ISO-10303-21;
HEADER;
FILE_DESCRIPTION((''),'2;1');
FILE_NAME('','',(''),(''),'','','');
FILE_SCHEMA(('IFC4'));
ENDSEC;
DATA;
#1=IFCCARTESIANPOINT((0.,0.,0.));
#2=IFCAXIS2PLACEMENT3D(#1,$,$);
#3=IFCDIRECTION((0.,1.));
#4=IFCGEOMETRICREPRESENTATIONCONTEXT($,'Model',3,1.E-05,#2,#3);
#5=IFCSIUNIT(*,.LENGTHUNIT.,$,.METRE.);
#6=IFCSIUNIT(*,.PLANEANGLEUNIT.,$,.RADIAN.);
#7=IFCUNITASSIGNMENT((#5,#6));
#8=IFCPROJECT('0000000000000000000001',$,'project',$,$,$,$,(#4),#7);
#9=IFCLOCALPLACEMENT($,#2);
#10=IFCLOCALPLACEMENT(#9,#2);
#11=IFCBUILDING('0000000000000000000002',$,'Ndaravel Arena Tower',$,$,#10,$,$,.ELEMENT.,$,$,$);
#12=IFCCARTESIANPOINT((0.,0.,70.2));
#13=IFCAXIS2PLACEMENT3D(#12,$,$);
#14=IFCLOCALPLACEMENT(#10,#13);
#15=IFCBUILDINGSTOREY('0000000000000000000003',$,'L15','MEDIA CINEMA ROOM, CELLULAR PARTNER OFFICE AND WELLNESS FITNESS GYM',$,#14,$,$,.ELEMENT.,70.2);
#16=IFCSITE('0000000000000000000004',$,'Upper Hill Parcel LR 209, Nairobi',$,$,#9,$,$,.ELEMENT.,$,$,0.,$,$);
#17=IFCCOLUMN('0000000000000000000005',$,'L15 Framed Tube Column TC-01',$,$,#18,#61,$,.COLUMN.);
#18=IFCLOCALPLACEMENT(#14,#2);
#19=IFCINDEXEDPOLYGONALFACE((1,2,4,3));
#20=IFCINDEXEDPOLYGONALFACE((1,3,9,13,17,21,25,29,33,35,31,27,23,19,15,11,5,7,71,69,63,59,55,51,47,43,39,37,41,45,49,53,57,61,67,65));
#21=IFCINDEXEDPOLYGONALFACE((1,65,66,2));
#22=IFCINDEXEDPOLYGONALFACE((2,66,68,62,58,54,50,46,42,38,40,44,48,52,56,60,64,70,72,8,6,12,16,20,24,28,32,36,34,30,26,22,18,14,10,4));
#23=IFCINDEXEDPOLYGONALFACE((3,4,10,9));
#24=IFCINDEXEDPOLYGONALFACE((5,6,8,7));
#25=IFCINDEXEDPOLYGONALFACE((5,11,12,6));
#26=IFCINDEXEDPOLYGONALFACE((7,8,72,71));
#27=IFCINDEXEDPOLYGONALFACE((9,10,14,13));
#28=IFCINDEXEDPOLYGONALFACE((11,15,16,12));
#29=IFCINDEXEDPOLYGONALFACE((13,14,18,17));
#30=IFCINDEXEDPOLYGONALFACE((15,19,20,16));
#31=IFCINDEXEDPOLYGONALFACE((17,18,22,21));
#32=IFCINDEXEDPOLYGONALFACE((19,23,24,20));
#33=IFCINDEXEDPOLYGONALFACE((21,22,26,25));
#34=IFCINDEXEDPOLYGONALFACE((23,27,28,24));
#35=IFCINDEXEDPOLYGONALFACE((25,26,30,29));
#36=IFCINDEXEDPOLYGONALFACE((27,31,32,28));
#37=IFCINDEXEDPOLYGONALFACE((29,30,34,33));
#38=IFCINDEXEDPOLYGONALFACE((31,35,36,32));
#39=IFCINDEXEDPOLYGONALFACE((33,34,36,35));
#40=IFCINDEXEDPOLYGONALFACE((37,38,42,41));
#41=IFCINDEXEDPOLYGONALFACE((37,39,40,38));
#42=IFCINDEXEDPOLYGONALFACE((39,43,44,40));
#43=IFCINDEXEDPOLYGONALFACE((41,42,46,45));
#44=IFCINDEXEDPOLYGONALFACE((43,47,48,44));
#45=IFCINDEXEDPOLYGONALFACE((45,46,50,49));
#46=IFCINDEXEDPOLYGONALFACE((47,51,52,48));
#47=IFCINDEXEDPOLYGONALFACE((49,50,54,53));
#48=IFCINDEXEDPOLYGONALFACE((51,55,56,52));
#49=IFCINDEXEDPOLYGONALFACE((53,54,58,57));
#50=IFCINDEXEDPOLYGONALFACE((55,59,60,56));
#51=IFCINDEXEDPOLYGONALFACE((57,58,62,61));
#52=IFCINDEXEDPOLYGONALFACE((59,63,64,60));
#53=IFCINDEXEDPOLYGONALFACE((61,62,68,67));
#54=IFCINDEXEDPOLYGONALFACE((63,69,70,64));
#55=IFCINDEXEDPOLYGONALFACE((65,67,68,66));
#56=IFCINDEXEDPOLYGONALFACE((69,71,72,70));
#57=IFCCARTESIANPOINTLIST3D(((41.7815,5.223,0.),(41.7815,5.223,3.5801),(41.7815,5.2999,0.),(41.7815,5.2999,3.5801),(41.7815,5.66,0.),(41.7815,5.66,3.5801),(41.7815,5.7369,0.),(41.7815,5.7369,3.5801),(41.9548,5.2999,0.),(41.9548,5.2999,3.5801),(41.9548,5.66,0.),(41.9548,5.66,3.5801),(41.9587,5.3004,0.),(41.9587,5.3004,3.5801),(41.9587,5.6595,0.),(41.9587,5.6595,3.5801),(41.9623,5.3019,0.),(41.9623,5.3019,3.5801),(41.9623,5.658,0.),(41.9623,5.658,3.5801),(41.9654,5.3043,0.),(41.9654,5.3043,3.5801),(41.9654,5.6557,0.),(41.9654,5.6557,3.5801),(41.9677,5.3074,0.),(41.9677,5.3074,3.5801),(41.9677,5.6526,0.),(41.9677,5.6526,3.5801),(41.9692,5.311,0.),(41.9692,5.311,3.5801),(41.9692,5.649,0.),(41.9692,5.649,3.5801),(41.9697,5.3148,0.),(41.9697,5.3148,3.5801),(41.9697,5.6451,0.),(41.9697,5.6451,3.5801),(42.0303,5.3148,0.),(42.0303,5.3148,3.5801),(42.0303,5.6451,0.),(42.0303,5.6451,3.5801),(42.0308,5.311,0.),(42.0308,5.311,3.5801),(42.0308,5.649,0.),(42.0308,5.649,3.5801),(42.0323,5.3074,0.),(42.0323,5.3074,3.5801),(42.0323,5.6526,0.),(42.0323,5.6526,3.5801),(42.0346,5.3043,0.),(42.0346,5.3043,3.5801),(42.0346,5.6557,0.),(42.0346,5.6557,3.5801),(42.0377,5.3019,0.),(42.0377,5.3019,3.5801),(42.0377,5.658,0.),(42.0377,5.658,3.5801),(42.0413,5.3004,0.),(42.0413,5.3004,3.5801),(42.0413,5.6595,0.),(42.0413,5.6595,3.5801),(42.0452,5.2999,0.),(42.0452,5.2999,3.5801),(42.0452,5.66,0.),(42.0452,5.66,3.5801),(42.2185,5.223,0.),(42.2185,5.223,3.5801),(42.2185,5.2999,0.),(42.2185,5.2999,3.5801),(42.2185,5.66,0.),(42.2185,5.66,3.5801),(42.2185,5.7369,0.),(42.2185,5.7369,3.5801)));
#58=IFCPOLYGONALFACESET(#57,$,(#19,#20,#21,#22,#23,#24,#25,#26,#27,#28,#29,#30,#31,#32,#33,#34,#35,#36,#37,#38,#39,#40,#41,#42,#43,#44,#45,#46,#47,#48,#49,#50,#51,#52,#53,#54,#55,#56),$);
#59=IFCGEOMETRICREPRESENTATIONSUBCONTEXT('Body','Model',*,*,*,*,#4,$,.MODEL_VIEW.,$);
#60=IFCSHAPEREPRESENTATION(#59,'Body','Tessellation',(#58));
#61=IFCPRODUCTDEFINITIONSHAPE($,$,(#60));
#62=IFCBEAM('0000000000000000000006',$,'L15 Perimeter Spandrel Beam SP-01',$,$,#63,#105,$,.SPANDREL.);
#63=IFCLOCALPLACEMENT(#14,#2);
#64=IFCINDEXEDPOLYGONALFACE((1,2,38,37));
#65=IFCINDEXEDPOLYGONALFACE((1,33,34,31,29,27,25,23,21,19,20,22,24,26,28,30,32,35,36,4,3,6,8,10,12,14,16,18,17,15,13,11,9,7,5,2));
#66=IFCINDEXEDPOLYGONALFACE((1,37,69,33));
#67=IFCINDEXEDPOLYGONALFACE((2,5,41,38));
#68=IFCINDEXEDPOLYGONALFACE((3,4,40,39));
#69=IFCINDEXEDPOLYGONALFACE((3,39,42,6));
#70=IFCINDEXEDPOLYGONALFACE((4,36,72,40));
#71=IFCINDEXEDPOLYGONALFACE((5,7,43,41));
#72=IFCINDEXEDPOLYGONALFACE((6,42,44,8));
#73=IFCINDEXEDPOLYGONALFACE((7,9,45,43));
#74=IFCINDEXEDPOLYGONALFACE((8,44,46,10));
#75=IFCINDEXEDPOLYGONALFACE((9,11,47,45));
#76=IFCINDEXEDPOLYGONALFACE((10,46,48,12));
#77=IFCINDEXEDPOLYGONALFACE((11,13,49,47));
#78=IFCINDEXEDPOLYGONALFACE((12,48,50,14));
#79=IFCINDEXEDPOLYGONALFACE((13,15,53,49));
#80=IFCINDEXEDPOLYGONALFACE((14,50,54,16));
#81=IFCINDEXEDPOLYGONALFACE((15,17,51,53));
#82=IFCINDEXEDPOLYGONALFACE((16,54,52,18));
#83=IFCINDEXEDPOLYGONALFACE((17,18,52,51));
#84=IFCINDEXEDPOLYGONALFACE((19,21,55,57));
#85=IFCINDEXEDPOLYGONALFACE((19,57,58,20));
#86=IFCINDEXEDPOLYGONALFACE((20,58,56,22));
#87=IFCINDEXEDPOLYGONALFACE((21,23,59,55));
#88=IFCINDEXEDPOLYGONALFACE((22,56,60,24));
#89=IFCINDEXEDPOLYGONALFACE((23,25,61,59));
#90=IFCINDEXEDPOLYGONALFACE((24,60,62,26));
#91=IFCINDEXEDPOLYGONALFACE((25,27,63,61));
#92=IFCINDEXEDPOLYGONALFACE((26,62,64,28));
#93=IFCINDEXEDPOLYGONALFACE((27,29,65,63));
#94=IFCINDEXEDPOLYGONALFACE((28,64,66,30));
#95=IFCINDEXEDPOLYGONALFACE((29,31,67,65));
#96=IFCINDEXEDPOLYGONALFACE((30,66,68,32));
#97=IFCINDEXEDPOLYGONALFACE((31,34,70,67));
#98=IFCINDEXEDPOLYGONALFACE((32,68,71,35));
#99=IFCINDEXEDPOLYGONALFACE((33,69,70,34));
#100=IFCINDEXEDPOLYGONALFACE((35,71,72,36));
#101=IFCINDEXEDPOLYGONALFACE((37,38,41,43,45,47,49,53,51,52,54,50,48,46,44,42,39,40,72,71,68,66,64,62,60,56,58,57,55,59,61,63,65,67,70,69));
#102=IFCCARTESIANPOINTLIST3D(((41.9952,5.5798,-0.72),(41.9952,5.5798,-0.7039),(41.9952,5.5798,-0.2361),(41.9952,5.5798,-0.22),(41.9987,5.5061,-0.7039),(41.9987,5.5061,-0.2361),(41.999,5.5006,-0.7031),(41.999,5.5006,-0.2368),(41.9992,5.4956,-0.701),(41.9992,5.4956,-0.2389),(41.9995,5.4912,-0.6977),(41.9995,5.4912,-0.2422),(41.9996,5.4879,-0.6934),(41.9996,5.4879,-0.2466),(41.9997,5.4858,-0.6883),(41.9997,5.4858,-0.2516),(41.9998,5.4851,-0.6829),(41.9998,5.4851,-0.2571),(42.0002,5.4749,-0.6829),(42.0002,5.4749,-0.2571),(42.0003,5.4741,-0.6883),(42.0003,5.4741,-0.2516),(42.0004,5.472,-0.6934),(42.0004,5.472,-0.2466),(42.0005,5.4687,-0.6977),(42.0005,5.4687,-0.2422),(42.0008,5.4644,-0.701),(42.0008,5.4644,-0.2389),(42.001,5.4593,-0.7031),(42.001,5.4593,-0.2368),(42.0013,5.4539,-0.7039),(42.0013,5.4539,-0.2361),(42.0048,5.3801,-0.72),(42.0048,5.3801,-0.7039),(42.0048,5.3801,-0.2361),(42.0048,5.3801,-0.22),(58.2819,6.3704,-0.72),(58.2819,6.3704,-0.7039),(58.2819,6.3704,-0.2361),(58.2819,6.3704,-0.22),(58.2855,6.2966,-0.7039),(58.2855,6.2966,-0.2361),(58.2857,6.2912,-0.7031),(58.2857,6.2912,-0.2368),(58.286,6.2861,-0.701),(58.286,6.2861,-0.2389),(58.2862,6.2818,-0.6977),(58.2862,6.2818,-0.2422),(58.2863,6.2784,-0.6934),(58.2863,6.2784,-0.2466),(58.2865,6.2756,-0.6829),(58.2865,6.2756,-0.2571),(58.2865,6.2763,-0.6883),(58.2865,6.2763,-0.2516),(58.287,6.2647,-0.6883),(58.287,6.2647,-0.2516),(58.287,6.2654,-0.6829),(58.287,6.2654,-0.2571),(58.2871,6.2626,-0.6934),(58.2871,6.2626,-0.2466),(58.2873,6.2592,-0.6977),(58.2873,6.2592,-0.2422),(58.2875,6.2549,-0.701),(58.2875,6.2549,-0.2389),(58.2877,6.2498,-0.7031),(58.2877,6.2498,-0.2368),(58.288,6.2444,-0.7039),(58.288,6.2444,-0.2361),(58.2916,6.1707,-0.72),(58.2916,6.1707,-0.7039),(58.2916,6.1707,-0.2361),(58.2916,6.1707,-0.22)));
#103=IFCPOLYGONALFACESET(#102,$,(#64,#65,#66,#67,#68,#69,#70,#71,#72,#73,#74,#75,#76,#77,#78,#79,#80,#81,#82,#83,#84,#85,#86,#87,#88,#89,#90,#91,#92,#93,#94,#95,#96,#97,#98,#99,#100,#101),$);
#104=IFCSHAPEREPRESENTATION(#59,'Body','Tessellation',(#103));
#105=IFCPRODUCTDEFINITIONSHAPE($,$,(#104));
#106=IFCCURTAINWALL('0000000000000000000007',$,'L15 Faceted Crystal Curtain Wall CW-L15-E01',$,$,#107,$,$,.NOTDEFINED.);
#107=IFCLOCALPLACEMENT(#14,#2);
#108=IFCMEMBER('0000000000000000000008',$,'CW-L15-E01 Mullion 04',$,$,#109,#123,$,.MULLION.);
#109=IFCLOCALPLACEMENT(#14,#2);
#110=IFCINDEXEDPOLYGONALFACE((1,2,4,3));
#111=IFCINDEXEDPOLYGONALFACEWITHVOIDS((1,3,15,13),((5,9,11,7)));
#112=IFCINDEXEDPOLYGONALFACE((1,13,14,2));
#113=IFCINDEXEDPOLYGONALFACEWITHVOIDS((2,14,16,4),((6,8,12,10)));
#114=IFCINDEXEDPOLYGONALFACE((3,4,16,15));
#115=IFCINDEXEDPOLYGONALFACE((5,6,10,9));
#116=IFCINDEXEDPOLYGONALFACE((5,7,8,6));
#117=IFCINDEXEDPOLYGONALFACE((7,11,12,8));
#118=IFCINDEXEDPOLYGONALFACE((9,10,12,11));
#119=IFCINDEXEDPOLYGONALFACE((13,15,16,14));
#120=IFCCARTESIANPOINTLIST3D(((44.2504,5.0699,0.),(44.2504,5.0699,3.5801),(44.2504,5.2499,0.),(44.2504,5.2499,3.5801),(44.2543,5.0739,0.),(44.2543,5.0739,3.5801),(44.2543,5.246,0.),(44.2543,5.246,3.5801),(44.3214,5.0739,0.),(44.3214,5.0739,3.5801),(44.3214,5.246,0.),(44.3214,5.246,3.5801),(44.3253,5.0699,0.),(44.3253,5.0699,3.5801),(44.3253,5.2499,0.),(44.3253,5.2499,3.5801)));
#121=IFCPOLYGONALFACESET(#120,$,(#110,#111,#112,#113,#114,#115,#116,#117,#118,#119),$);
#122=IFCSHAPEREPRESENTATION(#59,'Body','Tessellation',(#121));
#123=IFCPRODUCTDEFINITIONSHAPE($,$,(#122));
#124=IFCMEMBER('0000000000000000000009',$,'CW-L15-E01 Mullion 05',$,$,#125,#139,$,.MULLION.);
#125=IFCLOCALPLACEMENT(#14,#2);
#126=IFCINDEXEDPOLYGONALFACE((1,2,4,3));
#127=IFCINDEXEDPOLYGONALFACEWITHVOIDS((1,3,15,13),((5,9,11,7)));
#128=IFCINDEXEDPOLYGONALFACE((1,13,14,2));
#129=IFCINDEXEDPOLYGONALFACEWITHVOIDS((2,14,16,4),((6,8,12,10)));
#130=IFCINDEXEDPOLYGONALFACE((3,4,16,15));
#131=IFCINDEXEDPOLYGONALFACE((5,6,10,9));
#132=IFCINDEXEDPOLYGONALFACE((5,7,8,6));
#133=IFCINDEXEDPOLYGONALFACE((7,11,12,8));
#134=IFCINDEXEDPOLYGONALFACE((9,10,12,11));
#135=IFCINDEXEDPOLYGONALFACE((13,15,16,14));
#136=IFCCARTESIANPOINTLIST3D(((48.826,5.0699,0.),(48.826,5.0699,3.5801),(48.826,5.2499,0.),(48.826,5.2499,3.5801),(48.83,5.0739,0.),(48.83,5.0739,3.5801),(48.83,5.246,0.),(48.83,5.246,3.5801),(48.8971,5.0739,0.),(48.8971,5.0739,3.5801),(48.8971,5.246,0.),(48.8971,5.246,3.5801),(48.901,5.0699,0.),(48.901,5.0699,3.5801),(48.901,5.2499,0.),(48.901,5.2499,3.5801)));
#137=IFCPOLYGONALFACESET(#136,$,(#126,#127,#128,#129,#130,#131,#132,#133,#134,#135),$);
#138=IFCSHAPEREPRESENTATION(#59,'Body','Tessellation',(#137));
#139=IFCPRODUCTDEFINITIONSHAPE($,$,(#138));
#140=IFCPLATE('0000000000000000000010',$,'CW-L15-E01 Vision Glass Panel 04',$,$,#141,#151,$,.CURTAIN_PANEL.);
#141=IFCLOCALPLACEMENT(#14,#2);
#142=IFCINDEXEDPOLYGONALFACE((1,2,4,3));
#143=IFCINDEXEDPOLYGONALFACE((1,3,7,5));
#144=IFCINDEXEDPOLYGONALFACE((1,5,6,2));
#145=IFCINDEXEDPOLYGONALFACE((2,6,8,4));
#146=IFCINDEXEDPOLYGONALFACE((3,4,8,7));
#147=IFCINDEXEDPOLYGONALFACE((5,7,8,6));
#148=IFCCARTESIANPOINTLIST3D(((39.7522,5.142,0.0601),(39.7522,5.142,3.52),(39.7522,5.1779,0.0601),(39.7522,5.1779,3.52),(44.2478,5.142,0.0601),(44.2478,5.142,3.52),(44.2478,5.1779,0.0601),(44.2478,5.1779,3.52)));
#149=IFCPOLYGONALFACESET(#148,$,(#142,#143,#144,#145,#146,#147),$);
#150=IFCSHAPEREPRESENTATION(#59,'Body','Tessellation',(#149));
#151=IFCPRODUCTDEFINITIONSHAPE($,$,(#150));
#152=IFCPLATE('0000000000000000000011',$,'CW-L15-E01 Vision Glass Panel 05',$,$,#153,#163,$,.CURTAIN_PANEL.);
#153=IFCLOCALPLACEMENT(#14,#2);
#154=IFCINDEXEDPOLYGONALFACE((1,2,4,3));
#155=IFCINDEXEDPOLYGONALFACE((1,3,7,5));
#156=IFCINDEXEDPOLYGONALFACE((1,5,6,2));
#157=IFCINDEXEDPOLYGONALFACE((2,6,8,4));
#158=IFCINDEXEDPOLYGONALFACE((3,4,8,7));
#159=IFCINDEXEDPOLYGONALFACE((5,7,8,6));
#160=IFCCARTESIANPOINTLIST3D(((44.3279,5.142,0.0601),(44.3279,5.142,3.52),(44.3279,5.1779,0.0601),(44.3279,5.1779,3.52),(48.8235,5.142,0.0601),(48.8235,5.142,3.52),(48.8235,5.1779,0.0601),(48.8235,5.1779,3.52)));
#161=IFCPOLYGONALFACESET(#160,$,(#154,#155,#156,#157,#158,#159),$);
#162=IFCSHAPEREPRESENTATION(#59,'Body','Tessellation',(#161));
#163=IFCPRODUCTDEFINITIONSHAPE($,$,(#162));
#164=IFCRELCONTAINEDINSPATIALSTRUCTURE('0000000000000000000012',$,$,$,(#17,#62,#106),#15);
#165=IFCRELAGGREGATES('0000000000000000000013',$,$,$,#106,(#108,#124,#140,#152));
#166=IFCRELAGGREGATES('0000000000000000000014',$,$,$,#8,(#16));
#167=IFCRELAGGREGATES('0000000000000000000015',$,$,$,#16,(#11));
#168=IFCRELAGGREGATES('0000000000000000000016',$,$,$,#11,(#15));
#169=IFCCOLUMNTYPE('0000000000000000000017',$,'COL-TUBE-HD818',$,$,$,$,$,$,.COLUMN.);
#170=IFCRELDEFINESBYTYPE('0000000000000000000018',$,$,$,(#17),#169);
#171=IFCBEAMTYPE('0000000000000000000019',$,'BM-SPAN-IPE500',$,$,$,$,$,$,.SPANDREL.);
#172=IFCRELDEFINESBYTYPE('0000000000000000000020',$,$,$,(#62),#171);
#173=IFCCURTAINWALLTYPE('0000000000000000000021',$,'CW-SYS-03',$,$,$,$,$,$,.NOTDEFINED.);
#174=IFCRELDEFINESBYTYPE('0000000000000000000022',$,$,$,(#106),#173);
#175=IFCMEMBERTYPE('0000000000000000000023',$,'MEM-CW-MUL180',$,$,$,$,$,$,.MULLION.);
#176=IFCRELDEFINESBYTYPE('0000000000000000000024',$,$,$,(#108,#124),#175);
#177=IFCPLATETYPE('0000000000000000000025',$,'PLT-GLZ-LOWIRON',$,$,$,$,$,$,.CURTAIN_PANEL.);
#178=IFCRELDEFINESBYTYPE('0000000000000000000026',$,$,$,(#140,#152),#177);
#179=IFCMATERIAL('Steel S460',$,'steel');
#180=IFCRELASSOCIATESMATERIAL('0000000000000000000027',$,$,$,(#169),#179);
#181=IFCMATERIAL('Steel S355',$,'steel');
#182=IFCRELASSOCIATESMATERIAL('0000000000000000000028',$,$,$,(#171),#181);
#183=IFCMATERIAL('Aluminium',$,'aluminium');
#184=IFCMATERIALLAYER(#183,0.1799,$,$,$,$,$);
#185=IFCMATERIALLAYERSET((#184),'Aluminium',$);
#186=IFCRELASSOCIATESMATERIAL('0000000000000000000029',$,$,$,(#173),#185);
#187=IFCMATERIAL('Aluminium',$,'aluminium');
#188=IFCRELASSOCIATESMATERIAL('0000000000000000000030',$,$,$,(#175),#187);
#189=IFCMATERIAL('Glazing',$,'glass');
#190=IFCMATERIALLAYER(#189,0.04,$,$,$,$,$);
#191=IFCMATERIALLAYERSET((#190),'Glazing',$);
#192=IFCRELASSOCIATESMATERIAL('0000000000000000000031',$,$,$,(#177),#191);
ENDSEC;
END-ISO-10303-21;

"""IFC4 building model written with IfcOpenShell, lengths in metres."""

from ifc_helpers import new_model, si_unit, direction, frame, origin, origin_2d, place, context, subcontext, project, spatial, rectangle, hollow_rectangle, i_section, extrude, material, layer, layer_set, material_profile, profile_set, type_object, element, aggregate, save


model = new_model("IFC4")

# Units and contexts
model_context = context("Model", 3, precision=1e-05, world=origin(), true_north=direction((0.0, 1.0)))
body_context = subcontext(model_context, "Body", "Model", "MODEL_VIEW")
ifc_project = project(units=[si_unit("LENGTHUNIT", "METRE"), si_unit("PLANEANGLEUNIT", "RADIAN")], contexts=[model_context])

# Site, building, storey
site_placement = place(None, origin())
site = spatial("IfcSite", under=ifc_project, at=site_placement, Name="Upper Hill Parcel LR 209, Nairobi", CompositionType="ELEMENT", RefElevation=0.0)
building_placement = place(site_placement, origin())
building = spatial("IfcBuilding", under=site, at=building_placement, Name="Ndaravel Arena Tower", CompositionType="ELEMENT")
storey_placement = place(building_placement, frame((0.0, 0.0, 70.2)))
storey = spatial("IfcBuildingStorey", under=building, at=storey_placement, Name="L15", Description="MEDIA CINEMA ROOM, CELLULAR PARTNER OFFICE AND WELLNESS FITNESS GYM", CompositionType="ELEMENT", Elevation=70.2)

# Column
ifc_material_1 = material(Name="Steel S460", Category="steel")
ifc_material_profile_1 = material_profile(ifc_material_1, i_section(OverallWidth=0.437, OverallDepth=0.5139, WebThickness=0.0605, FlangeThickness=0.0769, FilletRadius=0.0149, at=origin_2d()), Name="HD 400x818")
ifc_profile_set_1 = profile_set([ifc_material_profile_1], Name="Steel S460")
column_type = type_object("IfcColumnType", Name="COL-TUBE-HD818", PredefinedType="COLUMN", material=ifc_profile_set_1)
column_placement = place(storey_placement, frame((42.0, 5.48, 0.0), z_axis=(0.0, 0.0, 1.0), x_axis=(1.0, 0.0, 0.0)))
element("IfcColumn", 1, at=column_placement, inside=storey, type_object=column_type, Name="L15 Framed Tube Column TC-01", PredefinedType="COLUMN", context=body_context, shape_type="SweptSolid", body=[
    extrude(i_section(OverallWidth=0.437, OverallDepth=0.5139, WebThickness=0.0605, FlangeThickness=0.0769, FilletRadius=0.0149, at=origin_2d()), origin(), (0.0, 0.0, 1.0), 3.5801),
])

# Beam
ifc_material_2 = material(Name="Steel S355", Category="steel")
ifc_material_profile_2 = material_profile(ifc_material_2, i_section(OverallWidth=0.2, OverallDepth=0.5, WebThickness=0.0103, FlangeThickness=0.0161, FilletRadius=0.021, at=origin_2d()), Name="IPE 500")
ifc_profile_set_2 = profile_set([ifc_material_profile_2], Name="Steel S355")
beam_type = type_object("IfcBeamType", Name="BM-SPAN-IPE500", PredefinedType="SPANDREL", material=ifc_profile_set_2)
beam_placement = place(storey_placement, frame((42.0, 5.48, -0.47), z_axis=(0.998824, 0.048481, 0.0), x_axis=(-0.048481, 0.998824, 0.0)))
element("IfcBeam", 2, at=beam_placement, inside=storey, type_object=beam_type, Name="L15 Perimeter Spandrel Beam SP-01", PredefinedType="SPANDREL", context=body_context, shape_type="SweptSolid", body=[
    extrude(i_section(OverallWidth=0.2, OverallDepth=0.5, WebThickness=0.0103, FlangeThickness=0.0161, FilletRadius=0.021, at=origin_2d()), origin(), (0.0, 0.0, 1.0), 16.3059),
])

# Curtain wall, members, plates
ifc_material_3 = material(Name="Aluminium", Category="aluminium")
ifc_layer_1 = layer(ifc_material_3, 0.1799)
ifc_layer_set_1 = layer_set([ifc_layer_1], Name="Aluminium")
curtain_wall_type = type_object("IfcCurtainWallType", Name="CW-SYS-03", PredefinedType="NOTDEFINED", material=ifc_layer_set_1)
curtain_wall_placement = place(storey_placement, origin())
curtain_wall = element("IfcCurtainWall", 3, at=curtain_wall_placement, inside=storey, type_object=curtain_wall_type, Name="L15 Faceted Crystal Curtain Wall CW-L15-E01", PredefinedType="NOTDEFINED")
ifc_material_4 = material(Name="Aluminium", Category="aluminium")
ifc_material_profile_3 = material_profile(ifc_material_4, hollow_rectangle(XDim=0.075, YDim=0.1799, WallThickness=0.0039, at=origin_2d()), Name="CW MULLION 75x180x4")
ifc_profile_set_3 = profile_set([ifc_material_profile_3], Name="Aluminium")
member_type = type_object("IfcMemberType", Name="MEM-CW-MUL180", PredefinedType="MULLION", material=ifc_profile_set_3)
member_1_placement = place(storey_placement, frame((44.2878, 5.1599, 0.0), z_axis=(0.0, 0.0, 1.0), x_axis=(1.0, 0.0, 0.0)))
member_1 = element("IfcMember", 4, at=member_1_placement, type_object=member_type, Name="CW-L15-E01 Mullion 04", PredefinedType="MULLION", context=body_context, shape_type="SweptSolid", body=[
    extrude(hollow_rectangle(XDim=0.075, YDim=0.1799, WallThickness=0.0039, at=origin_2d()), origin(), (0.0, 0.0, 1.0), 3.5801),
])
member_2_placement = place(storey_placement, frame((48.8635, 5.1599, 0.0), z_axis=(0.0, 0.0, 1.0), x_axis=(1.0, 0.0, 0.0)))
member_2 = element("IfcMember", 5, at=member_2_placement, type_object=member_type, Name="CW-L15-E01 Mullion 05", PredefinedType="MULLION", context=body_context, shape_type="SweptSolid", body=[
    extrude(hollow_rectangle(XDim=0.075, YDim=0.1799, WallThickness=0.0039, at=origin_2d()), origin(), (0.0, 0.0, 1.0), 3.5801),
])
ifc_material_5 = material(Name="Glazing", Category="glass")
ifc_layer_2 = layer(ifc_material_5, 0.04)
ifc_layer_set_2 = layer_set([ifc_layer_2], Name="Glazing")
plate_type = type_object("IfcPlateType", Name="PLT-GLZ-LOWIRON", PredefinedType="CURTAIN_PANEL", material=ifc_layer_set_2)
plate_1_placement = place(storey_placement, frame((42.0, 5.1599, 0.0601), z_axis=(0.0, 0.0, 1.0), x_axis=(1.0, 0.0, 0.0)))
plate_1 = element("IfcPlate", 6, at=plate_1_placement, type_object=plate_type, Name="CW-L15-E01 Vision Glass Panel 04", PredefinedType="CURTAIN_PANEL", context=body_context, shape_type="SweptSolid", body=[
    extrude(rectangle(XDim=4.4956, YDim=0.0359, at=origin_2d()), origin(), (0.0, 0.0, 1.0), 3.46),
])
plate_2_placement = place(storey_placement, frame((46.5757, 5.1599, 0.0601), z_axis=(0.0, 0.0, 1.0), x_axis=(1.0, 0.0, 0.0)))
plate_2 = element("IfcPlate", 7, at=plate_2_placement, type_object=plate_type, Name="CW-L15-E01 Vision Glass Panel 05", PredefinedType="CURTAIN_PANEL", context=body_context, shape_type="SweptSolid", body=[
    extrude(rectangle(XDim=4.4956, YDim=0.0359, at=origin_2d()), origin(), (0.0, 0.0, 1.0), 3.46),
])
aggregate(curtain_wall, [member_1, member_2, plate_1, plate_2])

save(model, "model.ifc")
